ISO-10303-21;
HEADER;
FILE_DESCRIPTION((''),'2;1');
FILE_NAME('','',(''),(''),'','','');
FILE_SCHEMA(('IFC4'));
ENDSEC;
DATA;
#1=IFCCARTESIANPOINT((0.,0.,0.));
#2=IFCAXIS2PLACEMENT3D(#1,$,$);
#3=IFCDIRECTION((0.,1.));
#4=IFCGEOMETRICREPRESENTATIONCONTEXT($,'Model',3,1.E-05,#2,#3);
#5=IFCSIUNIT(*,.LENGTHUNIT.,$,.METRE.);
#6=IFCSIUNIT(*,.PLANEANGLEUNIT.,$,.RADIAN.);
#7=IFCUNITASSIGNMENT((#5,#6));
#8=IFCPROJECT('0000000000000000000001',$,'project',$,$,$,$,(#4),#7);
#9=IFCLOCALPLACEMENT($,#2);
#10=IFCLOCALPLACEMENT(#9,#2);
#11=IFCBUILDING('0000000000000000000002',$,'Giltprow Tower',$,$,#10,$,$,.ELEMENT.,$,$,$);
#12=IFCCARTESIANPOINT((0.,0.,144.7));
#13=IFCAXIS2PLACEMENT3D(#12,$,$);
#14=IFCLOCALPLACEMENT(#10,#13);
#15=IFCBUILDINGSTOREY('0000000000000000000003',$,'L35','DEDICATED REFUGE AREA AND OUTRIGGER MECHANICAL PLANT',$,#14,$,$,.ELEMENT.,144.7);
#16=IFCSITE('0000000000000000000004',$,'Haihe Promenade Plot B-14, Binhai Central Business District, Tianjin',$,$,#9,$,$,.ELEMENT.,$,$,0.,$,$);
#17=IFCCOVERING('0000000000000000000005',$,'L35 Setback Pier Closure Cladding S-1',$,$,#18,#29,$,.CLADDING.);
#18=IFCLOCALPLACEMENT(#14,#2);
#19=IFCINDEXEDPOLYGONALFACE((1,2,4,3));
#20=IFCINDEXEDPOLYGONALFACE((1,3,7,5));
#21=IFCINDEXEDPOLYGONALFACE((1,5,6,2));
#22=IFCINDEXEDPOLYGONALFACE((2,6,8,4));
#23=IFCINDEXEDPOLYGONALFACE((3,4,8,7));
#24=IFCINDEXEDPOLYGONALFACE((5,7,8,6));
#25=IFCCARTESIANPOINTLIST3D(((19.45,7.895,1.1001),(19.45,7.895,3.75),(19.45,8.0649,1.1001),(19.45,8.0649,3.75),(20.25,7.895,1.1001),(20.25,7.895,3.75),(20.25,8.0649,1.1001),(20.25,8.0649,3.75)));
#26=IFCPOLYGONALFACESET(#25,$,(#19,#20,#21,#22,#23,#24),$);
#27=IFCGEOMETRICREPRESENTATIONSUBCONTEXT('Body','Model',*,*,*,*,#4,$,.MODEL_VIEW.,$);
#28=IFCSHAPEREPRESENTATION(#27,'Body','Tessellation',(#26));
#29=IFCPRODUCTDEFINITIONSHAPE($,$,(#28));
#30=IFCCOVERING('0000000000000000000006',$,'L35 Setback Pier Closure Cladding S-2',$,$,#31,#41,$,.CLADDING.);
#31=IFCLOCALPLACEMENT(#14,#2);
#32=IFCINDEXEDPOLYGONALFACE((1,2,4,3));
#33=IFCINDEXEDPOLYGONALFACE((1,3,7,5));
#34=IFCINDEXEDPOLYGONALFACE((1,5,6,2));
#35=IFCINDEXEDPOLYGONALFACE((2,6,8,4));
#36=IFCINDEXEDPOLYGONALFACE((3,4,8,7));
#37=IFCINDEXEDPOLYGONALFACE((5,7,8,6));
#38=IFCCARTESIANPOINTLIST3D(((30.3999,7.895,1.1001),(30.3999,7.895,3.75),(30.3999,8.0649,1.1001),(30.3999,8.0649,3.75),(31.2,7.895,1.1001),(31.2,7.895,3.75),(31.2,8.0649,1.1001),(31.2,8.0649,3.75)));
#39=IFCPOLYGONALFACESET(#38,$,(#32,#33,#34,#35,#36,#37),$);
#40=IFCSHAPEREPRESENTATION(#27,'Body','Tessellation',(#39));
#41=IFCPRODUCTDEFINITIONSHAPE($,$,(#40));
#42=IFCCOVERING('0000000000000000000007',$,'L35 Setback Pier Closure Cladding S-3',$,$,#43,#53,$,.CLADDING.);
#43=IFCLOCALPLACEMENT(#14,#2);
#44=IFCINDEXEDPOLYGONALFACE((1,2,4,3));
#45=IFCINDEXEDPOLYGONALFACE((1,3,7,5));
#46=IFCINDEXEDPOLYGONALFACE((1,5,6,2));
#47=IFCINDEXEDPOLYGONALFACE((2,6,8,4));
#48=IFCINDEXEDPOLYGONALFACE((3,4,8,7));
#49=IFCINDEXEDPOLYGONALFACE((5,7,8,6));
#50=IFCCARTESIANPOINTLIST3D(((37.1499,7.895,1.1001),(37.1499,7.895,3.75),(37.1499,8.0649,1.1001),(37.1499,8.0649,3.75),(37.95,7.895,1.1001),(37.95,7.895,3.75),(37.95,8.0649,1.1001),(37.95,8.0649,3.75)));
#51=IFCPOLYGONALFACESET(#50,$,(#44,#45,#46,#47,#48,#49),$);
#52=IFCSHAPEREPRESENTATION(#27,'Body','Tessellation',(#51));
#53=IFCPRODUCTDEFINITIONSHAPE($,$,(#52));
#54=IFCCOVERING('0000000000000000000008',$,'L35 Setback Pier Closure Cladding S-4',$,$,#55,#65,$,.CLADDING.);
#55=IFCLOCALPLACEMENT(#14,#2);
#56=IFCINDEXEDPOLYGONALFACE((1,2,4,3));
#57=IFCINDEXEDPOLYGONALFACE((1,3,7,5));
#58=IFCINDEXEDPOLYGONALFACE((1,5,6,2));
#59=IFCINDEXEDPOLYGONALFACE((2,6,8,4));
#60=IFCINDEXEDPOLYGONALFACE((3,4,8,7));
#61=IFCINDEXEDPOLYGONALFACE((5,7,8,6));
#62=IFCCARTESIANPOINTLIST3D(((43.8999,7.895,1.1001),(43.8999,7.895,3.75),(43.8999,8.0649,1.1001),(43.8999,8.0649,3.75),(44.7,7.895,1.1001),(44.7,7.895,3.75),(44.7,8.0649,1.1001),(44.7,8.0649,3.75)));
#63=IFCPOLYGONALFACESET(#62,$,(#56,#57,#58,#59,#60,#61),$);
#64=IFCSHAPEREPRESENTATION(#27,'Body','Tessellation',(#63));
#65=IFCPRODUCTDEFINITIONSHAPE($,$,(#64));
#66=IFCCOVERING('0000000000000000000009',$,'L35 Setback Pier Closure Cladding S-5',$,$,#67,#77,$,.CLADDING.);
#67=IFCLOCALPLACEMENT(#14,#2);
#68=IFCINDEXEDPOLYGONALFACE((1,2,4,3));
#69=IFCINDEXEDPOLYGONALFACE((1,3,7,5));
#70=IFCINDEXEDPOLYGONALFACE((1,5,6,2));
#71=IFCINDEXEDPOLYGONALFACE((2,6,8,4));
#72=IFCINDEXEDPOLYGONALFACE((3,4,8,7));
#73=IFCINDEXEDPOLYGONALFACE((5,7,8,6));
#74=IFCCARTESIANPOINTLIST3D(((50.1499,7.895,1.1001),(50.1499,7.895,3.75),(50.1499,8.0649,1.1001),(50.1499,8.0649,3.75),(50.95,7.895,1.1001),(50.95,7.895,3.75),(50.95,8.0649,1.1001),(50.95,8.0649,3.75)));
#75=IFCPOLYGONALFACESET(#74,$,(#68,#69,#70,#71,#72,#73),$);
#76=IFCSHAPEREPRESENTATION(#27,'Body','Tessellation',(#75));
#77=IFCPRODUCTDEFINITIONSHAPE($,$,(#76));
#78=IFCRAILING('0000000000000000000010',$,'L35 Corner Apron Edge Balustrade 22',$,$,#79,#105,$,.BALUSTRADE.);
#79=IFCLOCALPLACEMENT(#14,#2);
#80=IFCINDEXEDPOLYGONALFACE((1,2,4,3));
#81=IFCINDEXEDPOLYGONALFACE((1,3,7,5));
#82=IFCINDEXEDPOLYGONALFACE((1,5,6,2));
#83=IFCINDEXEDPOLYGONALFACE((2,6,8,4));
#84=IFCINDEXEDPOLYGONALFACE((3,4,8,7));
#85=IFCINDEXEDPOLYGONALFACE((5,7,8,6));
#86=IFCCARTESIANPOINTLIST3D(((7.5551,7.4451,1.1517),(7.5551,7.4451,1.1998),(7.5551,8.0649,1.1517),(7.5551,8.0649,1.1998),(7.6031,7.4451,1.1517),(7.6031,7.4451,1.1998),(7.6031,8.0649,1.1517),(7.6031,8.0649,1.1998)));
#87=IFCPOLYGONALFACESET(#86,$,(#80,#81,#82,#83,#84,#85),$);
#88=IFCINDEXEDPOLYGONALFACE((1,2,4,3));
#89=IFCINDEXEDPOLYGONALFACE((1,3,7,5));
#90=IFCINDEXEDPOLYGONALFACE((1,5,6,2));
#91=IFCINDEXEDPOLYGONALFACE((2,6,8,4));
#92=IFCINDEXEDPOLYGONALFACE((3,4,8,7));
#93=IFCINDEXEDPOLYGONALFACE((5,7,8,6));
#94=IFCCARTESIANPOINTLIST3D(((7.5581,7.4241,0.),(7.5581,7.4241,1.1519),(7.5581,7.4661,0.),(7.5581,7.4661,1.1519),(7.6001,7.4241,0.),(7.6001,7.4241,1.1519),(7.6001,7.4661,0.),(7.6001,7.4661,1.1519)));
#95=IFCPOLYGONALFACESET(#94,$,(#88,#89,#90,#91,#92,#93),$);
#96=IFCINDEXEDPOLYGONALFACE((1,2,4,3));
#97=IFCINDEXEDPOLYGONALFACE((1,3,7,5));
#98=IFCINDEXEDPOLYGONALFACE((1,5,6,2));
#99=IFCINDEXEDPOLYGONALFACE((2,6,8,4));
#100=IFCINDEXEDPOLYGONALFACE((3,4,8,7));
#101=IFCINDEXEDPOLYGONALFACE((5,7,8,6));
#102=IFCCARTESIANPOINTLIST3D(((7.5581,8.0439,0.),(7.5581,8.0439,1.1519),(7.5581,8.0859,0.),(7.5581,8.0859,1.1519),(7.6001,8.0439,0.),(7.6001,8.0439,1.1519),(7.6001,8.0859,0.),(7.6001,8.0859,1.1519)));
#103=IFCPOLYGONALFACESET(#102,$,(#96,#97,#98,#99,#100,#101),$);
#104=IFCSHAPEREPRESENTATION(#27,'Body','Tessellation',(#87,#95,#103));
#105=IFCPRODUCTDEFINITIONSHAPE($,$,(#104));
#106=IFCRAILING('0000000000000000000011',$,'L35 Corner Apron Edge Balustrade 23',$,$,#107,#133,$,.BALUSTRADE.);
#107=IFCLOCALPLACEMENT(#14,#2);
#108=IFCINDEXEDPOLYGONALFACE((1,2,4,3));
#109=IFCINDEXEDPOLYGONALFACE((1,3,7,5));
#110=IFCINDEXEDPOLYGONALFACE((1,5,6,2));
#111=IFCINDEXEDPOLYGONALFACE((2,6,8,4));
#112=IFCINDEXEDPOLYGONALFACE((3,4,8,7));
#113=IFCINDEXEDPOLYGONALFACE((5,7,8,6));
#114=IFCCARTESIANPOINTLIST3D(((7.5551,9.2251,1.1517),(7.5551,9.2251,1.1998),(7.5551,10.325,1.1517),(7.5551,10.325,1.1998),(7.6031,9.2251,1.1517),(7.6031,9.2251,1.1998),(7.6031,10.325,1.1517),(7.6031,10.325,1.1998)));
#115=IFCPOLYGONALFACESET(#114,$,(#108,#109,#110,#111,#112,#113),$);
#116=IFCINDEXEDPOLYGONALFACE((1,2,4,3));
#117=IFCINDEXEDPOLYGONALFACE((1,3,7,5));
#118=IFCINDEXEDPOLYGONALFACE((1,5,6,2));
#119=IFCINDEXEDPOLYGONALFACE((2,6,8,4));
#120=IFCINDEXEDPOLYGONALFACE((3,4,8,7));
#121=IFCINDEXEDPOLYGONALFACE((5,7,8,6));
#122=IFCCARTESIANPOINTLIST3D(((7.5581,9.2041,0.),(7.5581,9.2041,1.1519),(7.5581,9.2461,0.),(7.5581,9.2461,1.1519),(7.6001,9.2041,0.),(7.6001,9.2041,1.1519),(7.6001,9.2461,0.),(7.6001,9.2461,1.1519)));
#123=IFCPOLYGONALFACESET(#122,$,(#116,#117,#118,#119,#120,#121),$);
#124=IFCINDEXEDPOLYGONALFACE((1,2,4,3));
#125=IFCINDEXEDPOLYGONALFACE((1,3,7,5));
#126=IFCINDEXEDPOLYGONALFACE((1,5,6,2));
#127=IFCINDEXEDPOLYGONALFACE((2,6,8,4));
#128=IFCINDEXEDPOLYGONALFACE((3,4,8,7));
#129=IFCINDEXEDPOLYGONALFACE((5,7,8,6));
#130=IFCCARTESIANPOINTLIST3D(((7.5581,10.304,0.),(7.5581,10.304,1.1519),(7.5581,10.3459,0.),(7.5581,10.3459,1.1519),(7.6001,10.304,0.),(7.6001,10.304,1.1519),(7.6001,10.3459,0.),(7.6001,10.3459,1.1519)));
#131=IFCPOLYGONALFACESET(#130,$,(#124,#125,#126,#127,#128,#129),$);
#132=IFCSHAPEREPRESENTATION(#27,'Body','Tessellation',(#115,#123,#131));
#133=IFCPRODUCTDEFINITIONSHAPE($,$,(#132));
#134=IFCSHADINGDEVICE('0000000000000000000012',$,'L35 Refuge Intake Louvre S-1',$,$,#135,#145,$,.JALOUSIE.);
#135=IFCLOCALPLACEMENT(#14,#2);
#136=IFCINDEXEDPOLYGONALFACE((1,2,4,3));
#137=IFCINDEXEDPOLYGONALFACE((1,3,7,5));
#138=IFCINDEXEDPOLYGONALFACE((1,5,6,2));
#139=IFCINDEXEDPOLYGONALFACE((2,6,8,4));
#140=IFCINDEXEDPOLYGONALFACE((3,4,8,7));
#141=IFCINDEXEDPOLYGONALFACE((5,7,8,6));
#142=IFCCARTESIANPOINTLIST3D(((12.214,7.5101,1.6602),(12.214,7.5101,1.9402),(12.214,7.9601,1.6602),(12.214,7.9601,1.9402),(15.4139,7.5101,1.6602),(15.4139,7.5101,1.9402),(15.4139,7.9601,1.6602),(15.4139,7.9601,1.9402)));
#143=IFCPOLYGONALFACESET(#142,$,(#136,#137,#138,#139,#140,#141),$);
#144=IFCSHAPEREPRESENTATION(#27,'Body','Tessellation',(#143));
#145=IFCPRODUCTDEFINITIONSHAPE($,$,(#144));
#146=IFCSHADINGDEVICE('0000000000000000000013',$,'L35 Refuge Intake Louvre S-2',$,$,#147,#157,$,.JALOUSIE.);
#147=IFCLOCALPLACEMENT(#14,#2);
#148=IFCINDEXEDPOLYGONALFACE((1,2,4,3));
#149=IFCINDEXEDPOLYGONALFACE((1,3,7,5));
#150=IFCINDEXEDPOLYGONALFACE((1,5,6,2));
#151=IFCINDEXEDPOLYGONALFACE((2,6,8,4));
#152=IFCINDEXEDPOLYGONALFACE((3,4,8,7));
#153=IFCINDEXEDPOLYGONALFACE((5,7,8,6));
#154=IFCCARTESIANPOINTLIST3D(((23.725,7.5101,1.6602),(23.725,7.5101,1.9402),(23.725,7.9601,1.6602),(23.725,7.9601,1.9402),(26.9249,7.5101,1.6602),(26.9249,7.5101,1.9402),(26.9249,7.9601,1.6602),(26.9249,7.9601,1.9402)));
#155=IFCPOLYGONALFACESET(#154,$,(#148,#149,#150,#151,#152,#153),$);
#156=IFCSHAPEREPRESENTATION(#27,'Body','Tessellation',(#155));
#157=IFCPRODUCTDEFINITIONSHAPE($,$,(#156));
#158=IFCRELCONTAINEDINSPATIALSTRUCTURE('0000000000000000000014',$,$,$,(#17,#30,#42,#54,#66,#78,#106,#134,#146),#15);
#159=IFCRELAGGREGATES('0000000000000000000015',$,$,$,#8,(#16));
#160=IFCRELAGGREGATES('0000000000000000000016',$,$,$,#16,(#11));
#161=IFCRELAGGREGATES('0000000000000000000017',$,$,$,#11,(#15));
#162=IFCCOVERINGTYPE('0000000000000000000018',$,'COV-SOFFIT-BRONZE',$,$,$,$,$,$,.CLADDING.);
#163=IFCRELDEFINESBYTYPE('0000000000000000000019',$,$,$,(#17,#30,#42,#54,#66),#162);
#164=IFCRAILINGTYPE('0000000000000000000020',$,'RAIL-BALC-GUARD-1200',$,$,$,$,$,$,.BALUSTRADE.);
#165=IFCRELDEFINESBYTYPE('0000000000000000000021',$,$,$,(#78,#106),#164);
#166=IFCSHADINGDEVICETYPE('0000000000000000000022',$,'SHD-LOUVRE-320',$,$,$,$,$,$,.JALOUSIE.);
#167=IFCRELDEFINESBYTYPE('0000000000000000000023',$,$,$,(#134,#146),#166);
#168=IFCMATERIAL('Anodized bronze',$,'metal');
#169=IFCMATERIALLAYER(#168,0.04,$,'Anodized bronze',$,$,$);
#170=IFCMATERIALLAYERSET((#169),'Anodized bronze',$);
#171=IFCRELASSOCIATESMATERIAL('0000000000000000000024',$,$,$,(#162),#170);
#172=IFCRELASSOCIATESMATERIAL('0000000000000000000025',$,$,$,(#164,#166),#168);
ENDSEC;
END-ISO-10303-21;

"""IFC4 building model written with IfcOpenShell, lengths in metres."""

from ifc_helpers import new_model, si_unit, direction, frame, origin, origin_2d, place, context, subcontext, project, spatial, polyline, rectangle, outline, extrude, source, transform, mapped, material, layer, layer_set, type_object, element, save


model = new_model("IFC4")

# Units and contexts
model_context = context("Model", 3, precision=1e-05, world=origin(), true_north=direction((0.0, 1.0)))
body_context = subcontext(model_context, "Body", "Model", "MODEL_VIEW")
ifc_project = project(units=[si_unit("LENGTHUNIT", "METRE"), si_unit("PLANEANGLEUNIT", "RADIAN")], contexts=[model_context])

# Site, building, storey
site_placement = place(None, origin())
site = spatial("IfcSite", under=ifc_project, at=site_placement, Name="Haihe Promenade Plot B-14, Binhai Central Business District, Tianjin", CompositionType="ELEMENT", RefElevation=0.0)
building_placement = place(site_placement, origin())
building = spatial("IfcBuilding", under=site, at=building_placement, Name="Giltprow Tower", CompositionType="ELEMENT")
storey_placement = place(building_placement, frame((0.0, 0.0, 144.7)))
storey = spatial("IfcBuildingStorey", under=building, at=storey_placement, Name="L35", Description="DEDICATED REFUGE AREA AND OUTRIGGER MECHANICAL PLANT", CompositionType="ELEMENT", Elevation=144.7)

# Coverings
ifc_material_1 = material(Name="Anodized bronze", Category="metal")
ifc_layer_1 = layer(ifc_material_1, 0.04, Name="Anodized bronze")
ifc_layer_set_1 = layer_set([ifc_layer_1], Name="Anodized bronze")
covering_type = type_object("IfcCoveringType", Name="COV-SOFFIT-BRONZE", PredefinedType="CLADDING", material=ifc_layer_set_1)
covering_1_placement = place(storey_placement, frame((0.0, 0.0, 1.1001)))
element("IfcCovering", 1, at=covering_1_placement, inside=storey, type_object=covering_type, Name="L35 Setback Pier Closure Cladding S-1", PredefinedType="CLADDING", context=body_context, shape_type="SweptSolid", body=[
    extrude(outline(polyline([(19.45, 7.895), (20.25, 7.895), (20.25, 8.0649), (19.45, 8.0649), (19.45, 7.895)])), origin(), (0.0, 0.0, 1.0), 2.6499),
])
covering_2_placement = place(storey_placement, frame((0.0, 0.0, 1.1001)))
element("IfcCovering", 2, at=covering_2_placement, inside=storey, type_object=covering_type, Name="L35 Setback Pier Closure Cladding S-2", PredefinedType="CLADDING", context=body_context, shape_type="SweptSolid", body=[
    extrude(outline(polyline([(30.3999, 7.895), (31.2, 7.895), (31.2, 8.0649), (30.3999, 8.0649), (30.3999, 7.895)])), origin(), (0.0, 0.0, 1.0), 2.6499),
])
covering_3_placement = place(storey_placement, frame((0.0, 0.0, 1.1001)))
element("IfcCovering", 3, at=covering_3_placement, inside=storey, type_object=covering_type, Name="L35 Setback Pier Closure Cladding S-3", PredefinedType="CLADDING", context=body_context, shape_type="SweptSolid", body=[
    extrude(outline(polyline([(37.1499, 7.895), (37.95, 7.895), (37.95, 8.0649), (37.1499, 8.0649), (37.1499, 7.895)])), origin(), (0.0, 0.0, 1.0), 2.6499),
])
covering_4_placement = place(storey_placement, frame((0.0, 0.0, 1.1001)))
element("IfcCovering", 4, at=covering_4_placement, inside=storey, type_object=covering_type, Name="L35 Setback Pier Closure Cladding S-4", PredefinedType="CLADDING", context=body_context, shape_type="SweptSolid", body=[
    extrude(outline(polyline([(43.8999, 7.895), (44.7, 7.895), (44.7, 8.0649), (43.8999, 8.0649), (43.8999, 7.895)])), origin(), (0.0, 0.0, 1.0), 2.6499),
])
covering_5_placement = place(storey_placement, frame((0.0, 0.0, 1.1001)))
element("IfcCovering", 5, at=covering_5_placement, inside=storey, type_object=covering_type, Name="L35 Setback Pier Closure Cladding S-5", PredefinedType="CLADDING", context=body_context, shape_type="SweptSolid", body=[
    extrude(outline(polyline([(50.1499, 7.895), (50.95, 7.895), (50.95, 8.0649), (50.1499, 8.0649), (50.1499, 7.895)])), origin(), (0.0, 0.0, 1.0), 2.6499),
])

# Railings
railing_type = type_object("IfcRailingType", Name="RAIL-BALC-GUARD-1200", PredefinedType="BALUSTRADE", material=ifc_material_1)
railing_1_placement = place(storey_placement, frame((7.5791, 7.4451, 0.0)))
element("IfcRailing", 6, at=railing_1_placement, inside=storey, type_object=railing_type, Name="L35 Corner Apron Edge Balustrade 22", PredefinedType="BALUSTRADE", context=body_context, shape_type="SweptSolid", body=[
    extrude(rectangle(XDim=0.0481, YDim=0.0481, at=origin_2d()), frame((0.0, 0.0, 1.1758), z_axis=(0.0, 1.0, 0.0), x_axis=(-1.0, 0.0, 0.0)), (0.0, 0.0, 1.0), 0.6199),
    extrude(rectangle(XDim=0.042, YDim=0.042, at=origin_2d()), origin(), (0.0, 0.0, 1.0), 1.1519),
    extrude(rectangle(XDim=0.042, YDim=0.042, at=origin_2d()), frame((0.0, 0.6199, 0.0)), (0.0, 0.0, 1.0), 1.1519),
])
railing_2_placement = place(storey_placement, frame((7.5791, 9.2251, 0.0)))
element("IfcRailing", 7, at=railing_2_placement, inside=storey, type_object=railing_type, Name="L35 Corner Apron Edge Balustrade 23", PredefinedType="BALUSTRADE", context=body_context, shape_type="SweptSolid", body=[
    extrude(rectangle(XDim=0.0481, YDim=0.0481, at=origin_2d()), frame((0.0, 0.0, 1.1758), z_axis=(0.0, 1.0, 0.0), x_axis=(-1.0, 0.0, 0.0)), (0.0, 0.0, 1.0), 1.0999),
    extrude(rectangle(XDim=0.042, YDim=0.042, at=origin_2d()), origin(), (0.0, 0.0, 1.0), 1.1519),
    extrude(rectangle(XDim=0.042, YDim=0.042, at=origin_2d()), frame((0.0, 1.0999, 0.0)), (0.0, 0.0, 1.0), 1.1519),
])

# Shading devices
shading_device_type = type_object("IfcShadingDeviceType", Name="SHD-LOUVRE-320", PredefinedType="JALOUSIE", material=ifc_material_1)
shared_shape_1 = source(origin(), body_context, "Body", "SweptSolid", [
    extrude(rectangle(XDim=3.2, YDim=0.45, at=origin_2d()), origin(), (0.0, 0.0, 1.0), 0.28),
])
for number, where, z_axis, x_axis, name in (
    (8, (13.814, 7.7351, 1.6602), (0.0, 0.0, 1.0), (1.0, 0.0, 0.0), "L35 Refuge Intake Louvre S-1"),
    (9, (25.325, 7.7351, 1.6602), (0.0, 0.0, 1.0), (1.0, 0.0, 0.0), "L35 Refuge Intake Louvre S-2"),
):
    element("IfcShadingDevice", number, at=place(storey_placement, frame(where, z_axis=z_axis, x_axis=x_axis)), inside=storey, type_object=shading_device_type, Name=name, PredefinedType="JALOUSIE", context=body_context, shape_type="MappedRepresentation", body=[
        mapped(shared_shape_1, transform((0.0, 0.0, 0.0), x_axis=(1.0, 0.0, 0.0), y_axis=(0.0, 1.0, 0.0), z_axis=(0.0, 0.0, 1.0), scale=1.0)),
    ])

save(model, "model.ifc")
